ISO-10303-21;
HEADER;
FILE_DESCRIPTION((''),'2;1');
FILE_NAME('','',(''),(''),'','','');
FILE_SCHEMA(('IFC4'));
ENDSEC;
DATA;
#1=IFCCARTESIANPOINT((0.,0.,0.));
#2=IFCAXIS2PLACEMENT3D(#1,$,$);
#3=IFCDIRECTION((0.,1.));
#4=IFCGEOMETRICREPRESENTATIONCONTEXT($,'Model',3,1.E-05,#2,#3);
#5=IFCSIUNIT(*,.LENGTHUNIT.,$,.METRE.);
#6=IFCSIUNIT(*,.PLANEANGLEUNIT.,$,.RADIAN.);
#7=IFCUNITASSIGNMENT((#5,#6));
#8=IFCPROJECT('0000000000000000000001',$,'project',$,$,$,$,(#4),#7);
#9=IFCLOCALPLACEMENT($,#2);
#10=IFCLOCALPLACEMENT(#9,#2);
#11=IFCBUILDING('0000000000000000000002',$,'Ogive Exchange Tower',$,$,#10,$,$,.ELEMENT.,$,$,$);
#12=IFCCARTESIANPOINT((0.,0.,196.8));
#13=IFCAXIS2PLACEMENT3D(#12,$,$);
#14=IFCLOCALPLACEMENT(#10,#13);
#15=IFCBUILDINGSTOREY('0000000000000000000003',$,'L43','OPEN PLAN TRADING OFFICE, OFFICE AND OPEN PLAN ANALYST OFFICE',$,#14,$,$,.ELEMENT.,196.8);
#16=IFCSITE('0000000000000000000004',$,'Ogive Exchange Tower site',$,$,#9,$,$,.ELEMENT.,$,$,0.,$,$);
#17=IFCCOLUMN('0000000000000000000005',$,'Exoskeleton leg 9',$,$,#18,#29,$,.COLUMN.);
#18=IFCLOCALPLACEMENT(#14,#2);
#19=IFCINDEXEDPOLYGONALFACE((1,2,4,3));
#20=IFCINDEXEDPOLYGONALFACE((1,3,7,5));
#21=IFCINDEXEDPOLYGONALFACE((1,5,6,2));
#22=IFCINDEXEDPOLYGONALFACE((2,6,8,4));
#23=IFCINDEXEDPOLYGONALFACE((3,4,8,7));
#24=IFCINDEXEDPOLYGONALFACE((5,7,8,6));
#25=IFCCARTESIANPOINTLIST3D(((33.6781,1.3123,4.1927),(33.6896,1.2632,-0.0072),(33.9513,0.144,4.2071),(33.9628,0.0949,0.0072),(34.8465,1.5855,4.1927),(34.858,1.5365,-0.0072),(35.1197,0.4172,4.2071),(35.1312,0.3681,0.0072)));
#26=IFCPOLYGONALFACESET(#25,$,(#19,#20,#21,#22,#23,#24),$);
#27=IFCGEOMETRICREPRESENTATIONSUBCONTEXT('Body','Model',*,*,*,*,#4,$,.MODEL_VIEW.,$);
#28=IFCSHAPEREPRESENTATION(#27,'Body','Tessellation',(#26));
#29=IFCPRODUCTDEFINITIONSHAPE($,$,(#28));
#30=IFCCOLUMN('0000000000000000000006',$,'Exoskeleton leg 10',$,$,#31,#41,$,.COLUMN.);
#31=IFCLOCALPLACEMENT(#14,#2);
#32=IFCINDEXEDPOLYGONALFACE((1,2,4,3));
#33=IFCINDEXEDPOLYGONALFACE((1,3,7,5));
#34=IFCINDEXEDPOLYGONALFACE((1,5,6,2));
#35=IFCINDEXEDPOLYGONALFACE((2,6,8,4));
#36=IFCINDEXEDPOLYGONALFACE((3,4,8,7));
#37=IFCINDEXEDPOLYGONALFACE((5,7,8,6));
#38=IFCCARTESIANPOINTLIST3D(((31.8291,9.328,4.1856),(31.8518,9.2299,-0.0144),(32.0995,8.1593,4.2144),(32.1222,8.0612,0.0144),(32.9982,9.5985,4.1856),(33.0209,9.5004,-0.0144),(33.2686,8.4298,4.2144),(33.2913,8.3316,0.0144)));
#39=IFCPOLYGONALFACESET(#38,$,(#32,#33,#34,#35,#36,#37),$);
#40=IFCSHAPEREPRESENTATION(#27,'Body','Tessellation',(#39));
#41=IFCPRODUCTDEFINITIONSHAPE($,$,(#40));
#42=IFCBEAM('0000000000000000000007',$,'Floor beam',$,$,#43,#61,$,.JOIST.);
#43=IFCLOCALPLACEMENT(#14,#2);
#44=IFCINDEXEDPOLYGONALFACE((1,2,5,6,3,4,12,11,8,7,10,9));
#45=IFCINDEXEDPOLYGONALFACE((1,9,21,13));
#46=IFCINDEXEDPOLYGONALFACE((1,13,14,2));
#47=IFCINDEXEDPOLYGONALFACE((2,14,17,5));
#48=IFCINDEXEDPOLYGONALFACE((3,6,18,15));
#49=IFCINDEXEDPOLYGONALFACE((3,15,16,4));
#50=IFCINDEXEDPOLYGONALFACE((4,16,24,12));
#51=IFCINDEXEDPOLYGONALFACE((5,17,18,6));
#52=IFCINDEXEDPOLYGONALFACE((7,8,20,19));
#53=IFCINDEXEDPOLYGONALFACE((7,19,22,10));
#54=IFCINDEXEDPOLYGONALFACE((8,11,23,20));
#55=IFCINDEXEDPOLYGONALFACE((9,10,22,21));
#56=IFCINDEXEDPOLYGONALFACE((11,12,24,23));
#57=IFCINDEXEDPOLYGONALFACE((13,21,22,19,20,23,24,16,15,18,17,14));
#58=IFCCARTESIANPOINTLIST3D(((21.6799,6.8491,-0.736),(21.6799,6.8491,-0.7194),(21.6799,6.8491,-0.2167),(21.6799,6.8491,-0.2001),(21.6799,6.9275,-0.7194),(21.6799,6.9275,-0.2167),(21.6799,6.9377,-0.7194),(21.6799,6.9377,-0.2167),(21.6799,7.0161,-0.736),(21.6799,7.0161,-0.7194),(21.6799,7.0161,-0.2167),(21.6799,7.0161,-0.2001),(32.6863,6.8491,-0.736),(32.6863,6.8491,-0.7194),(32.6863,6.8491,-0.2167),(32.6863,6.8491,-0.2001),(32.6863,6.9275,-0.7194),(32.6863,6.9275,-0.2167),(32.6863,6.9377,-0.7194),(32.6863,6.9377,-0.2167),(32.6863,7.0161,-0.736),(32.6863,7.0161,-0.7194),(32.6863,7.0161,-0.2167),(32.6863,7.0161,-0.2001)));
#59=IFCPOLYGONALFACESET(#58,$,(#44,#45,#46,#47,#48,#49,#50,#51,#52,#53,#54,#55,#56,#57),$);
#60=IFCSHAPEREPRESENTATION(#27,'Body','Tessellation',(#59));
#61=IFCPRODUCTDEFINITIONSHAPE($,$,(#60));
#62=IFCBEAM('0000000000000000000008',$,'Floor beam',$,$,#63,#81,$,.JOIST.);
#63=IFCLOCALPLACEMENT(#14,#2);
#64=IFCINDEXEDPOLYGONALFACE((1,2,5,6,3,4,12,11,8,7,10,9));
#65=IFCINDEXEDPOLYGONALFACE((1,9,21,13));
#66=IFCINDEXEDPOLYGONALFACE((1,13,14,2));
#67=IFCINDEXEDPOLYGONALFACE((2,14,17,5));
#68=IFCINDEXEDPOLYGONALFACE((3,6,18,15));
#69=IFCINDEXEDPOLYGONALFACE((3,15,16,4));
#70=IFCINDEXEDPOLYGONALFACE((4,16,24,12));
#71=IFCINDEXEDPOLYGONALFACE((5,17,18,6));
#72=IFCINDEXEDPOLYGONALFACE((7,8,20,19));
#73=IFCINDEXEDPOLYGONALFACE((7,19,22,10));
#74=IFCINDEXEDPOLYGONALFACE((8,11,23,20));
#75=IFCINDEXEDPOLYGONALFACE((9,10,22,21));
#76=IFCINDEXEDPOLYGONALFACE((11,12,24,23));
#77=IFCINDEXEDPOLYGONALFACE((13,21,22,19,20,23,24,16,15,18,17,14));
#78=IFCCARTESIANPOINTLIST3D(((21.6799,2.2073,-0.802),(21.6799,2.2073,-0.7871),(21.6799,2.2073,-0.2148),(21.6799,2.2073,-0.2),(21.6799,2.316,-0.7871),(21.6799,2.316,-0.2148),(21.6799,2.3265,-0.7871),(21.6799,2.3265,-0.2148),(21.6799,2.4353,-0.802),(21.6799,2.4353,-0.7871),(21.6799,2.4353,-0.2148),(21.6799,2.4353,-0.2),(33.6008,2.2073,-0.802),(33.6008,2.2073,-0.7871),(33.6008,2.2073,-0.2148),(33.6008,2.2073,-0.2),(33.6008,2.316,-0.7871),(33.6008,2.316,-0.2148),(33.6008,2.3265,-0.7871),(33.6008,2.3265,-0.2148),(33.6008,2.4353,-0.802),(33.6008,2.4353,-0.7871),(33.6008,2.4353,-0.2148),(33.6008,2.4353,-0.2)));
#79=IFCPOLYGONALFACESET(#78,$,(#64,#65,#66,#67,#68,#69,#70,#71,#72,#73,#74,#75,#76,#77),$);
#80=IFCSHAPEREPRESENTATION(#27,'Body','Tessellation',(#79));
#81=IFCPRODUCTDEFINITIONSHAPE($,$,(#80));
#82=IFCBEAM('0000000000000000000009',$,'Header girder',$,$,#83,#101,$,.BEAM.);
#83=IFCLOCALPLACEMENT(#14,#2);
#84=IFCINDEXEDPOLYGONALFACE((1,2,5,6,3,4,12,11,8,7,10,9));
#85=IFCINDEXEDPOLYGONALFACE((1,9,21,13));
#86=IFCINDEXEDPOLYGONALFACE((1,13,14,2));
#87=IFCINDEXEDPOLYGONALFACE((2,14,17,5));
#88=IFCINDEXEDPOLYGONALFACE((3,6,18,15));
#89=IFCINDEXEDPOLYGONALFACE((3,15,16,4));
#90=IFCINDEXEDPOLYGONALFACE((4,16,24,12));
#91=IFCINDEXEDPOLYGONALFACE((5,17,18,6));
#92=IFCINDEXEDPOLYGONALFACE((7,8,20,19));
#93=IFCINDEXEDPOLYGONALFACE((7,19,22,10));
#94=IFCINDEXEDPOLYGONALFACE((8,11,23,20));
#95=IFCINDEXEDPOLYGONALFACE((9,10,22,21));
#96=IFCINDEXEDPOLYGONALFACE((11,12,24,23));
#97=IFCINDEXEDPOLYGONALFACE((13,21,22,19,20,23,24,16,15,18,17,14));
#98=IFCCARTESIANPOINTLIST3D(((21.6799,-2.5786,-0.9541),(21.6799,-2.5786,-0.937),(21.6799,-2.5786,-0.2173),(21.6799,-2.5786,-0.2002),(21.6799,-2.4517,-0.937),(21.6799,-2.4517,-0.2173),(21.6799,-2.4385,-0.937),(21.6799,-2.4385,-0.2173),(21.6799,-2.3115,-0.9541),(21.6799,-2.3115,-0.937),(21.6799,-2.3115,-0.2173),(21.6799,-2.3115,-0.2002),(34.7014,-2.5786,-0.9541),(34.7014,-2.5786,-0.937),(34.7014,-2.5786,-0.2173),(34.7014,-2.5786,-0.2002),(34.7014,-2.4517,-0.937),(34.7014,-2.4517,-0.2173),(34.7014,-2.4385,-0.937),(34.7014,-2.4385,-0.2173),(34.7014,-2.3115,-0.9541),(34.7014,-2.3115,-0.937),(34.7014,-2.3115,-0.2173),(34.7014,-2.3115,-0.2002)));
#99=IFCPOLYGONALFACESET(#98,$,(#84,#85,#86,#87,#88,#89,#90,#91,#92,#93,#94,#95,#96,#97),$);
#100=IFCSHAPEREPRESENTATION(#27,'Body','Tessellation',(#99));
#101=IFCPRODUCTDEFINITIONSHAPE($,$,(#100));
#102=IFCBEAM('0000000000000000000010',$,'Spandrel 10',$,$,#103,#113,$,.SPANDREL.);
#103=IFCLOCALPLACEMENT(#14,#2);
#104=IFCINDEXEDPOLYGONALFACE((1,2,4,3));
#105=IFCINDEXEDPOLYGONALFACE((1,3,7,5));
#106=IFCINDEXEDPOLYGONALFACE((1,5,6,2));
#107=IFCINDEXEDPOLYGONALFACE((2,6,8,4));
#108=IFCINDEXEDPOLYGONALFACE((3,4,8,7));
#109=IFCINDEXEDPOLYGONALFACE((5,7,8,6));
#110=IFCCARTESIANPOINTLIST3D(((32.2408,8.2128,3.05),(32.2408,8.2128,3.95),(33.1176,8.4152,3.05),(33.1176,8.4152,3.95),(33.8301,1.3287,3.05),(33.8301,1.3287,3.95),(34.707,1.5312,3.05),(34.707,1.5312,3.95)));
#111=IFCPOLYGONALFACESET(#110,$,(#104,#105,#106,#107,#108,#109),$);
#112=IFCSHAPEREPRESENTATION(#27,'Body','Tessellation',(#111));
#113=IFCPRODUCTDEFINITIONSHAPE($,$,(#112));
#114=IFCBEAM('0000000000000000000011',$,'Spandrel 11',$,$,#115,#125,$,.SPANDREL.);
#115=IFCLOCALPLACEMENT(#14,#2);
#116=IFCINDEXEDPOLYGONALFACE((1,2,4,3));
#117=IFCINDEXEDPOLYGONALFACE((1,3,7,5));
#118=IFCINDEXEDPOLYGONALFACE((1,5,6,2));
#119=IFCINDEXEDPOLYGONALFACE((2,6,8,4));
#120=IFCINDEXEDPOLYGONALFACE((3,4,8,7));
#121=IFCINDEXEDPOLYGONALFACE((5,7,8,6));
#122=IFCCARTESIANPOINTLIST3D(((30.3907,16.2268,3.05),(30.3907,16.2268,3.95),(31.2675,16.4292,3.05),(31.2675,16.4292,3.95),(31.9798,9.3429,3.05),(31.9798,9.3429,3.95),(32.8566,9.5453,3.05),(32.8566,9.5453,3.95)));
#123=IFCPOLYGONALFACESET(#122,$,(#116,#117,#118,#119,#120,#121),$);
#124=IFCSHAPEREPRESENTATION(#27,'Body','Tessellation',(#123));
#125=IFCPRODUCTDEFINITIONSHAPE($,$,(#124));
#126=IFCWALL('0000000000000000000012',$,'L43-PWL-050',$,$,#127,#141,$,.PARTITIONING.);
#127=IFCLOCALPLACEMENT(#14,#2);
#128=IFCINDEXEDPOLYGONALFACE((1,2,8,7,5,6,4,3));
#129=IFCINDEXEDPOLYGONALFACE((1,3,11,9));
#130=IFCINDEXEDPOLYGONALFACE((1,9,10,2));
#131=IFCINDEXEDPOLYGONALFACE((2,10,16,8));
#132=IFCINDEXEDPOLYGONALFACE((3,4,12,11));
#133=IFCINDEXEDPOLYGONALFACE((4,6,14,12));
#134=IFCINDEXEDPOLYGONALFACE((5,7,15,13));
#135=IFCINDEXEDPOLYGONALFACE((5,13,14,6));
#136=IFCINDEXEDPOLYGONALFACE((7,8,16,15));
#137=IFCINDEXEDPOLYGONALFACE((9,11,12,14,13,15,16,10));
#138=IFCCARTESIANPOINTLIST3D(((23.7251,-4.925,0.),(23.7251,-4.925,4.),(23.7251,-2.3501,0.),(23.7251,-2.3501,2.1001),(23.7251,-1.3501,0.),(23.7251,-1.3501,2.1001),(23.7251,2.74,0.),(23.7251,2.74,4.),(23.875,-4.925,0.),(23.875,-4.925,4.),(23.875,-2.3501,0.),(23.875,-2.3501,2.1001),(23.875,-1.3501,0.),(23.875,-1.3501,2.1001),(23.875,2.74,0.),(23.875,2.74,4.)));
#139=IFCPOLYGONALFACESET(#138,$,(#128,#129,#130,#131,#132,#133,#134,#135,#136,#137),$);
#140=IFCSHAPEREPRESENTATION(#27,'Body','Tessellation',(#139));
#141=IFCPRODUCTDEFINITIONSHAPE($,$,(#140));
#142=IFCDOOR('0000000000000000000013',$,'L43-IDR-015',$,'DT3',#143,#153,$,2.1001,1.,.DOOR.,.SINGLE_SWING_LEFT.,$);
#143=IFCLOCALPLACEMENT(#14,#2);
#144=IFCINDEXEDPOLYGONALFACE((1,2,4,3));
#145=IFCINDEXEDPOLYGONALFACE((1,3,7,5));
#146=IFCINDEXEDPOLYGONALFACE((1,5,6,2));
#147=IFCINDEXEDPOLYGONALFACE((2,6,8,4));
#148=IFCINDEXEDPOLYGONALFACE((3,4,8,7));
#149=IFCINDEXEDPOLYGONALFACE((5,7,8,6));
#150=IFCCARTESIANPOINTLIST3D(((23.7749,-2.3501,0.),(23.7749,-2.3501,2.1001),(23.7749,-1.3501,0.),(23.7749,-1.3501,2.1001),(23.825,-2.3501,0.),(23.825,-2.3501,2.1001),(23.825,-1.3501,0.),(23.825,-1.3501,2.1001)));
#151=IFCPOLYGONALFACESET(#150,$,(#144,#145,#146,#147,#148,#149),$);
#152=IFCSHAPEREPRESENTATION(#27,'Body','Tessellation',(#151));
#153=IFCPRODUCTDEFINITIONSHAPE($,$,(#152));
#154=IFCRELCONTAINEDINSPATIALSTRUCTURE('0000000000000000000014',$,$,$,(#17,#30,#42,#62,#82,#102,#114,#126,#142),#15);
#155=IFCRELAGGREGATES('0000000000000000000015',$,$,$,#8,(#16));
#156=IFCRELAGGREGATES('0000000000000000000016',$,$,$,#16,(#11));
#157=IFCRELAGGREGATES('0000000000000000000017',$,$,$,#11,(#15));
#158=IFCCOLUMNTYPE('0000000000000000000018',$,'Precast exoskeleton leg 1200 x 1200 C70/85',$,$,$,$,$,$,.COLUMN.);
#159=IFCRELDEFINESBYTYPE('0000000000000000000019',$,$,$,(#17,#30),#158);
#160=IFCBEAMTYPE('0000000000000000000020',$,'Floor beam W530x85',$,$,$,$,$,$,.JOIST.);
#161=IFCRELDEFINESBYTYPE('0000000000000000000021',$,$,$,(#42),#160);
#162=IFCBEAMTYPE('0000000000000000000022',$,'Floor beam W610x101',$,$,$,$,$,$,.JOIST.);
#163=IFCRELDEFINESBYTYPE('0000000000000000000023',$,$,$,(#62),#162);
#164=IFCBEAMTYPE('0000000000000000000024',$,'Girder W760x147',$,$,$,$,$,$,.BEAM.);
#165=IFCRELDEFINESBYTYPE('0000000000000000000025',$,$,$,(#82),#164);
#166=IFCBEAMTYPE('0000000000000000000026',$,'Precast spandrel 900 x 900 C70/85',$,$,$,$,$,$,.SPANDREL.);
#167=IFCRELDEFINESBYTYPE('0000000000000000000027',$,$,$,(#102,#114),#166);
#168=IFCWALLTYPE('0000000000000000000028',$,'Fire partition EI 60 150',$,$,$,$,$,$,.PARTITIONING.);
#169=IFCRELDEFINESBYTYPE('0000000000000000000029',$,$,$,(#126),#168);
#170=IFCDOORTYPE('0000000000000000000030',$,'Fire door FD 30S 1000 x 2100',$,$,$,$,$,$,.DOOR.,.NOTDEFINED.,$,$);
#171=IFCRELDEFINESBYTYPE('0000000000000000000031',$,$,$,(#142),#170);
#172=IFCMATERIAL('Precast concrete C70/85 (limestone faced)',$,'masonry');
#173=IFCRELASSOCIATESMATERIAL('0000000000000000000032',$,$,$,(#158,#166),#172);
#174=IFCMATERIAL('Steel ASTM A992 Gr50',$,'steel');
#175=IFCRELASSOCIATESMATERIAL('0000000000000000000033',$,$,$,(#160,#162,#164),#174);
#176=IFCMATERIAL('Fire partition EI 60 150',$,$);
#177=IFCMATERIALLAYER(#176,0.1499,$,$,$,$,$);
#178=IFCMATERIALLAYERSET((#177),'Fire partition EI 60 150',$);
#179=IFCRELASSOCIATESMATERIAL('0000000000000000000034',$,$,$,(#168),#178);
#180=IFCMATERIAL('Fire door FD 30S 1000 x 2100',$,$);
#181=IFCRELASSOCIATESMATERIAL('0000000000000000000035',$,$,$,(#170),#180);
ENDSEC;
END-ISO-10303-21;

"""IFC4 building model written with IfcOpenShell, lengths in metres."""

from ifc_helpers import new_model, si_unit, direction, frame, frame_2d, origin, origin_2d, place, context, subcontext, project, spatial, rectangle, i_section, extrude, material, layer, layer_set, material_profile, profile_set, type_object, element, fill, save


model = new_model("IFC4")

# Units and contexts
model_context = context("Model", 3, precision=1e-05, world=origin(), true_north=direction((0.0, 1.0)))
body_context = subcontext(model_context, "Body", "Model", "MODEL_VIEW")
ifc_project = project(units=[si_unit("LENGTHUNIT", "METRE"), si_unit("PLANEANGLEUNIT", "RADIAN")], contexts=[model_context])

# Site, building, storey
site_placement = place(None, origin())
site = spatial("IfcSite", under=ifc_project, at=site_placement, Name="Ogive Exchange Tower site", CompositionType="ELEMENT", RefElevation=0.0)
building_placement = place(site_placement, origin())
building = spatial("IfcBuilding", under=site, at=building_placement, Name="Ogive Exchange Tower", CompositionType="ELEMENT")
storey_placement = place(building_placement, frame((0.0, 0.0, 196.8)))
storey = spatial("IfcBuildingStorey", under=building, at=storey_placement, Name="L43", Description="OPEN PLAN TRADING OFFICE, OFFICE AND OPEN PLAN ANALYST OFFICE", CompositionType="ELEMENT", Elevation=196.8)

# Columns
ifc_material_1 = material(Name="Precast concrete C70/85 (limestone faced)", Category="masonry")
ifc_material_profile_1 = material_profile(ifc_material_1, rectangle(XDim=1.2, YDim=1.2, at=origin_2d()), Name="1200 x 1200")
ifc_profile_set_1 = profile_set([ifc_material_profile_1], Name="Precast concrete C70/85 (limestone faced)")
column_type = type_object("IfcColumnType", Name="Precast exoskeleton leg 1200 x 1200 C70/85", PredefinedType="COLUMN", material=ifc_profile_set_1)
column_1_placement = place(storey_placement, frame((34.4104, 0.8157, 0.0), z_axis=(-0.002732, 0.011683, 0.999928), x_axis=(-0.973734, -0.227689, 0.0)))
element("IfcColumn", 1, at=column_1_placement, inside=storey, type_object=column_type, Name="Exoskeleton leg 9", PredefinedType="COLUMN", context=body_context, shape_type="SweptSolid", body=[
    extrude(rectangle(XDim=1.2, YDim=1.2, at=origin_2d()), origin(), (0.0, 0.0, 1.0), 4.2002),
])
column_2_placement = place(storey_placement, frame((32.5715, 8.7808, 0.0), z_axis=(-0.005404, 0.023361, 0.999712), x_axis=(-0.974269, -0.22539, 0.0)))
element("IfcColumn", 2, at=column_2_placement, inside=storey, type_object=column_type, Name="Exoskeleton leg 10", PredefinedType="COLUMN", context=body_context, shape_type="SweptSolid", body=[
    extrude(rectangle(XDim=1.2, YDim=1.2, at=origin_2d()), origin(), (0.0, 0.0, 1.0), 4.2012),
])

# Beams
ifc_material_2 = material(Name="Steel ASTM A992 Gr50", Category="steel")
ifc_material_profile_2 = material_profile(ifc_material_2, i_section(OverallWidth=0.167, OverallDepth=0.5359, WebThickness=0.0103, FlangeThickness=0.0166, at=origin_2d()), Name="W530x85")
ifc_profile_set_2 = profile_set([ifc_material_profile_2], Name="Steel ASTM A992 Gr50")
beam_type_1 = type_object("IfcBeamType", Name="Floor beam W530x85", PredefinedType="JOIST", material=ifc_profile_set_2)
beam_1_placement = place(storey_placement, frame((21.6799, 6.9326, -0.468), z_axis=(1.0, 0.0, 0.0), x_axis=(0.0, 1.0, 0.0)))
element("IfcBeam", 3, at=beam_1_placement, inside=storey, type_object=beam_type_1, Name="Floor beam", PredefinedType="JOIST", context=body_context, shape_type="SweptSolid", body=[
    extrude(i_section(OverallWidth=0.167, OverallDepth=0.5359, WebThickness=0.0103, FlangeThickness=0.0166, at=origin_2d()), origin(), (0.0, 0.0, 1.0), 11.0063),
])
ifc_material_profile_3 = material_profile(ifc_material_2, i_section(OverallWidth=0.228, OverallDepth=0.6021, WebThickness=0.0105, FlangeThickness=0.0149, at=origin_2d()), Name="W610x101")
ifc_profile_set_3 = profile_set([ifc_material_profile_3], Name="Steel ASTM A992 Gr50")
beam_type_2 = type_object("IfcBeamType", Name="Floor beam W610x101", PredefinedType="JOIST", material=ifc_profile_set_3)
beam_2_placement = place(storey_placement, frame((21.6799, 2.3213, -0.501), z_axis=(1.0, 0.0, 0.0), x_axis=(0.0, 1.0, 0.0)))
element("IfcBeam", 4, at=beam_2_placement, inside=storey, type_object=beam_type_2, Name="Floor beam", PredefinedType="JOIST", context=body_context, shape_type="SweptSolid", body=[
    extrude(i_section(OverallWidth=0.228, OverallDepth=0.6021, WebThickness=0.0105, FlangeThickness=0.0149, at=origin_2d()), origin(), (0.0, 0.0, 1.0), 11.9209),
])
ifc_material_profile_4 = material_profile(ifc_material_2, i_section(OverallWidth=0.2671, OverallDepth=0.7539, WebThickness=0.0132, FlangeThickness=0.0171, at=origin_2d()), Name="W760x147")
ifc_profile_set_4 = profile_set([ifc_material_profile_4], Name="Steel ASTM A992 Gr50")
beam_type_3 = type_object("IfcBeamType", Name="Girder W760x147", PredefinedType="BEAM", material=ifc_profile_set_4)
beam_3_placement = place(storey_placement, frame((21.6799, -2.4451, -0.5771), z_axis=(1.0, 0.0, 0.0), x_axis=(0.0, 1.0, 0.0)))
element("IfcBeam", 5, at=beam_3_placement, inside=storey, type_object=beam_type_3, Name="Header girder", PredefinedType="BEAM", context=body_context, shape_type="SweptSolid", body=[
    extrude(i_section(OverallWidth=0.2671, OverallDepth=0.7539, WebThickness=0.0132, FlangeThickness=0.0171, at=origin_2d()), origin(), (0.0, 0.0, 1.0), 13.0215),
])
ifc_material_profile_5 = material_profile(ifc_material_1, rectangle(XDim=0.8999, YDim=0.8999, at=origin_2d()), Name="900 x 900")
ifc_profile_set_5 = profile_set([ifc_material_profile_5], Name="Precast concrete C70/85 (limestone faced)")
beam_type_4 = type_object("IfcBeamType", Name="Precast spandrel 900 x 900 C70/85", PredefinedType="SPANDREL", material=ifc_profile_set_5)
beam_4_placement = place(storey_placement, frame((34.2686, 1.4299, 3.5), z_axis=(-0.224958, 0.974368, 0.0), x_axis=(-0.974368, -0.224958, 0.0)))
element("IfcBeam", 6, at=beam_4_placement, inside=storey, type_object=beam_type_4, Name="Spandrel 10", PredefinedType="SPANDREL", context=body_context, shape_type="SweptSolid", body=[
    extrude(rectangle(XDim=0.8999, YDim=0.8999, at=origin_2d()), origin(), (0.0, 0.0, 1.0), 7.0652),
])
beam_5_placement = place(storey_placement, frame((32.4182, 9.4441, 3.5), z_axis=(-0.224933, 0.974374, 0.0), x_axis=(-0.974374, -0.224933, 0.0)))
element("IfcBeam", 7, at=beam_5_placement, inside=storey, type_object=beam_type_4, Name="Spandrel 11", PredefinedType="SPANDREL", context=body_context, shape_type="SweptSolid", body=[
    extrude(rectangle(XDim=0.8999, YDim=0.8999, at=origin_2d()), origin(), (0.0, 0.0, 1.0), 7.0649),
])

# Wall, opening, door
ifc_material_3 = material(Name="Fire partition EI 60 150")
ifc_layer_1 = layer(ifc_material_3, 0.1499)
ifc_layer_set_1 = layer_set([ifc_layer_1], Name="Fire partition EI 60 150")
wall_type_1 = type_object("IfcWallType", Name="Fire partition EI 60 150", PredefinedType="PARTITIONING", material=ifc_layer_set_1)
wall_1_placement = place(storey_placement, frame((23.8, 2.74, 0.0), z_axis=(0.0, 0.0, 1.0), x_axis=(0.0, -1.0, 0.0)))
wall_1 = element("IfcWall", 8, at=wall_1_placement, inside=storey, type_object=wall_type_1, Name="L43-PWL-050", PredefinedType="PARTITIONING", context=body_context, shape_type="SweptSolid", body=[
    extrude(rectangle(XDim=7.665, YDim=0.1499, at=frame_2d((3.8325, 0.0))), origin(), (0.0, 0.0, 1.0), 4.0),
])
opening_1_placement = place(wall_1_placement, frame((4.0901, 0.0, 0.0)))
opening_1 = element("IfcOpeningElement", 9, at=opening_1_placement, cuts=wall_1, PredefinedType="OPENING", context=body_context, shape_type="SweptSolid", body=[
    extrude(rectangle(XDim=1.0, YDim=2.1001, at=frame_2d((0.5, 1.05))), frame((0.0, 0.085, 0.0), z_axis=(0.0, -1.0, 0.0), x_axis=(1.0, 0.0, 0.0)), (0.0, 0.0, 1.0), 0.1699),
])
ifc_material_4 = material(Name="Fire door FD 30S 1000 x 2100")
door_type_1 = type_object("IfcDoorType", Name="Fire door FD 30S 1000 x 2100", OperationType="NOTDEFINED", PredefinedType="DOOR", material=ifc_material_4)
door_1_placement = place(opening_1_placement, origin())
door_1 = element("IfcDoor", 10, at=door_1_placement, inside=storey, type_object=door_type_1, Name="L43-IDR-015", ObjectType="DT3", OperationType="SINGLE_SWING_LEFT", OverallHeight=2.1001, OverallWidth=1.0, PredefinedType="DOOR", context=body_context, shape_type="SweptSolid", body=[
    extrude(rectangle(XDim=1.0, YDim=2.1001, at=frame_2d((0.5, 1.05))), frame((0.0, 0.0249, 0.0), z_axis=(0.0, -1.0, 0.0), x_axis=(1.0, 0.0, 0.0)), (0.0, 0.0, 1.0), 0.05),
])
fill(opening_1, door_1)

save(model, "model.ifc")
